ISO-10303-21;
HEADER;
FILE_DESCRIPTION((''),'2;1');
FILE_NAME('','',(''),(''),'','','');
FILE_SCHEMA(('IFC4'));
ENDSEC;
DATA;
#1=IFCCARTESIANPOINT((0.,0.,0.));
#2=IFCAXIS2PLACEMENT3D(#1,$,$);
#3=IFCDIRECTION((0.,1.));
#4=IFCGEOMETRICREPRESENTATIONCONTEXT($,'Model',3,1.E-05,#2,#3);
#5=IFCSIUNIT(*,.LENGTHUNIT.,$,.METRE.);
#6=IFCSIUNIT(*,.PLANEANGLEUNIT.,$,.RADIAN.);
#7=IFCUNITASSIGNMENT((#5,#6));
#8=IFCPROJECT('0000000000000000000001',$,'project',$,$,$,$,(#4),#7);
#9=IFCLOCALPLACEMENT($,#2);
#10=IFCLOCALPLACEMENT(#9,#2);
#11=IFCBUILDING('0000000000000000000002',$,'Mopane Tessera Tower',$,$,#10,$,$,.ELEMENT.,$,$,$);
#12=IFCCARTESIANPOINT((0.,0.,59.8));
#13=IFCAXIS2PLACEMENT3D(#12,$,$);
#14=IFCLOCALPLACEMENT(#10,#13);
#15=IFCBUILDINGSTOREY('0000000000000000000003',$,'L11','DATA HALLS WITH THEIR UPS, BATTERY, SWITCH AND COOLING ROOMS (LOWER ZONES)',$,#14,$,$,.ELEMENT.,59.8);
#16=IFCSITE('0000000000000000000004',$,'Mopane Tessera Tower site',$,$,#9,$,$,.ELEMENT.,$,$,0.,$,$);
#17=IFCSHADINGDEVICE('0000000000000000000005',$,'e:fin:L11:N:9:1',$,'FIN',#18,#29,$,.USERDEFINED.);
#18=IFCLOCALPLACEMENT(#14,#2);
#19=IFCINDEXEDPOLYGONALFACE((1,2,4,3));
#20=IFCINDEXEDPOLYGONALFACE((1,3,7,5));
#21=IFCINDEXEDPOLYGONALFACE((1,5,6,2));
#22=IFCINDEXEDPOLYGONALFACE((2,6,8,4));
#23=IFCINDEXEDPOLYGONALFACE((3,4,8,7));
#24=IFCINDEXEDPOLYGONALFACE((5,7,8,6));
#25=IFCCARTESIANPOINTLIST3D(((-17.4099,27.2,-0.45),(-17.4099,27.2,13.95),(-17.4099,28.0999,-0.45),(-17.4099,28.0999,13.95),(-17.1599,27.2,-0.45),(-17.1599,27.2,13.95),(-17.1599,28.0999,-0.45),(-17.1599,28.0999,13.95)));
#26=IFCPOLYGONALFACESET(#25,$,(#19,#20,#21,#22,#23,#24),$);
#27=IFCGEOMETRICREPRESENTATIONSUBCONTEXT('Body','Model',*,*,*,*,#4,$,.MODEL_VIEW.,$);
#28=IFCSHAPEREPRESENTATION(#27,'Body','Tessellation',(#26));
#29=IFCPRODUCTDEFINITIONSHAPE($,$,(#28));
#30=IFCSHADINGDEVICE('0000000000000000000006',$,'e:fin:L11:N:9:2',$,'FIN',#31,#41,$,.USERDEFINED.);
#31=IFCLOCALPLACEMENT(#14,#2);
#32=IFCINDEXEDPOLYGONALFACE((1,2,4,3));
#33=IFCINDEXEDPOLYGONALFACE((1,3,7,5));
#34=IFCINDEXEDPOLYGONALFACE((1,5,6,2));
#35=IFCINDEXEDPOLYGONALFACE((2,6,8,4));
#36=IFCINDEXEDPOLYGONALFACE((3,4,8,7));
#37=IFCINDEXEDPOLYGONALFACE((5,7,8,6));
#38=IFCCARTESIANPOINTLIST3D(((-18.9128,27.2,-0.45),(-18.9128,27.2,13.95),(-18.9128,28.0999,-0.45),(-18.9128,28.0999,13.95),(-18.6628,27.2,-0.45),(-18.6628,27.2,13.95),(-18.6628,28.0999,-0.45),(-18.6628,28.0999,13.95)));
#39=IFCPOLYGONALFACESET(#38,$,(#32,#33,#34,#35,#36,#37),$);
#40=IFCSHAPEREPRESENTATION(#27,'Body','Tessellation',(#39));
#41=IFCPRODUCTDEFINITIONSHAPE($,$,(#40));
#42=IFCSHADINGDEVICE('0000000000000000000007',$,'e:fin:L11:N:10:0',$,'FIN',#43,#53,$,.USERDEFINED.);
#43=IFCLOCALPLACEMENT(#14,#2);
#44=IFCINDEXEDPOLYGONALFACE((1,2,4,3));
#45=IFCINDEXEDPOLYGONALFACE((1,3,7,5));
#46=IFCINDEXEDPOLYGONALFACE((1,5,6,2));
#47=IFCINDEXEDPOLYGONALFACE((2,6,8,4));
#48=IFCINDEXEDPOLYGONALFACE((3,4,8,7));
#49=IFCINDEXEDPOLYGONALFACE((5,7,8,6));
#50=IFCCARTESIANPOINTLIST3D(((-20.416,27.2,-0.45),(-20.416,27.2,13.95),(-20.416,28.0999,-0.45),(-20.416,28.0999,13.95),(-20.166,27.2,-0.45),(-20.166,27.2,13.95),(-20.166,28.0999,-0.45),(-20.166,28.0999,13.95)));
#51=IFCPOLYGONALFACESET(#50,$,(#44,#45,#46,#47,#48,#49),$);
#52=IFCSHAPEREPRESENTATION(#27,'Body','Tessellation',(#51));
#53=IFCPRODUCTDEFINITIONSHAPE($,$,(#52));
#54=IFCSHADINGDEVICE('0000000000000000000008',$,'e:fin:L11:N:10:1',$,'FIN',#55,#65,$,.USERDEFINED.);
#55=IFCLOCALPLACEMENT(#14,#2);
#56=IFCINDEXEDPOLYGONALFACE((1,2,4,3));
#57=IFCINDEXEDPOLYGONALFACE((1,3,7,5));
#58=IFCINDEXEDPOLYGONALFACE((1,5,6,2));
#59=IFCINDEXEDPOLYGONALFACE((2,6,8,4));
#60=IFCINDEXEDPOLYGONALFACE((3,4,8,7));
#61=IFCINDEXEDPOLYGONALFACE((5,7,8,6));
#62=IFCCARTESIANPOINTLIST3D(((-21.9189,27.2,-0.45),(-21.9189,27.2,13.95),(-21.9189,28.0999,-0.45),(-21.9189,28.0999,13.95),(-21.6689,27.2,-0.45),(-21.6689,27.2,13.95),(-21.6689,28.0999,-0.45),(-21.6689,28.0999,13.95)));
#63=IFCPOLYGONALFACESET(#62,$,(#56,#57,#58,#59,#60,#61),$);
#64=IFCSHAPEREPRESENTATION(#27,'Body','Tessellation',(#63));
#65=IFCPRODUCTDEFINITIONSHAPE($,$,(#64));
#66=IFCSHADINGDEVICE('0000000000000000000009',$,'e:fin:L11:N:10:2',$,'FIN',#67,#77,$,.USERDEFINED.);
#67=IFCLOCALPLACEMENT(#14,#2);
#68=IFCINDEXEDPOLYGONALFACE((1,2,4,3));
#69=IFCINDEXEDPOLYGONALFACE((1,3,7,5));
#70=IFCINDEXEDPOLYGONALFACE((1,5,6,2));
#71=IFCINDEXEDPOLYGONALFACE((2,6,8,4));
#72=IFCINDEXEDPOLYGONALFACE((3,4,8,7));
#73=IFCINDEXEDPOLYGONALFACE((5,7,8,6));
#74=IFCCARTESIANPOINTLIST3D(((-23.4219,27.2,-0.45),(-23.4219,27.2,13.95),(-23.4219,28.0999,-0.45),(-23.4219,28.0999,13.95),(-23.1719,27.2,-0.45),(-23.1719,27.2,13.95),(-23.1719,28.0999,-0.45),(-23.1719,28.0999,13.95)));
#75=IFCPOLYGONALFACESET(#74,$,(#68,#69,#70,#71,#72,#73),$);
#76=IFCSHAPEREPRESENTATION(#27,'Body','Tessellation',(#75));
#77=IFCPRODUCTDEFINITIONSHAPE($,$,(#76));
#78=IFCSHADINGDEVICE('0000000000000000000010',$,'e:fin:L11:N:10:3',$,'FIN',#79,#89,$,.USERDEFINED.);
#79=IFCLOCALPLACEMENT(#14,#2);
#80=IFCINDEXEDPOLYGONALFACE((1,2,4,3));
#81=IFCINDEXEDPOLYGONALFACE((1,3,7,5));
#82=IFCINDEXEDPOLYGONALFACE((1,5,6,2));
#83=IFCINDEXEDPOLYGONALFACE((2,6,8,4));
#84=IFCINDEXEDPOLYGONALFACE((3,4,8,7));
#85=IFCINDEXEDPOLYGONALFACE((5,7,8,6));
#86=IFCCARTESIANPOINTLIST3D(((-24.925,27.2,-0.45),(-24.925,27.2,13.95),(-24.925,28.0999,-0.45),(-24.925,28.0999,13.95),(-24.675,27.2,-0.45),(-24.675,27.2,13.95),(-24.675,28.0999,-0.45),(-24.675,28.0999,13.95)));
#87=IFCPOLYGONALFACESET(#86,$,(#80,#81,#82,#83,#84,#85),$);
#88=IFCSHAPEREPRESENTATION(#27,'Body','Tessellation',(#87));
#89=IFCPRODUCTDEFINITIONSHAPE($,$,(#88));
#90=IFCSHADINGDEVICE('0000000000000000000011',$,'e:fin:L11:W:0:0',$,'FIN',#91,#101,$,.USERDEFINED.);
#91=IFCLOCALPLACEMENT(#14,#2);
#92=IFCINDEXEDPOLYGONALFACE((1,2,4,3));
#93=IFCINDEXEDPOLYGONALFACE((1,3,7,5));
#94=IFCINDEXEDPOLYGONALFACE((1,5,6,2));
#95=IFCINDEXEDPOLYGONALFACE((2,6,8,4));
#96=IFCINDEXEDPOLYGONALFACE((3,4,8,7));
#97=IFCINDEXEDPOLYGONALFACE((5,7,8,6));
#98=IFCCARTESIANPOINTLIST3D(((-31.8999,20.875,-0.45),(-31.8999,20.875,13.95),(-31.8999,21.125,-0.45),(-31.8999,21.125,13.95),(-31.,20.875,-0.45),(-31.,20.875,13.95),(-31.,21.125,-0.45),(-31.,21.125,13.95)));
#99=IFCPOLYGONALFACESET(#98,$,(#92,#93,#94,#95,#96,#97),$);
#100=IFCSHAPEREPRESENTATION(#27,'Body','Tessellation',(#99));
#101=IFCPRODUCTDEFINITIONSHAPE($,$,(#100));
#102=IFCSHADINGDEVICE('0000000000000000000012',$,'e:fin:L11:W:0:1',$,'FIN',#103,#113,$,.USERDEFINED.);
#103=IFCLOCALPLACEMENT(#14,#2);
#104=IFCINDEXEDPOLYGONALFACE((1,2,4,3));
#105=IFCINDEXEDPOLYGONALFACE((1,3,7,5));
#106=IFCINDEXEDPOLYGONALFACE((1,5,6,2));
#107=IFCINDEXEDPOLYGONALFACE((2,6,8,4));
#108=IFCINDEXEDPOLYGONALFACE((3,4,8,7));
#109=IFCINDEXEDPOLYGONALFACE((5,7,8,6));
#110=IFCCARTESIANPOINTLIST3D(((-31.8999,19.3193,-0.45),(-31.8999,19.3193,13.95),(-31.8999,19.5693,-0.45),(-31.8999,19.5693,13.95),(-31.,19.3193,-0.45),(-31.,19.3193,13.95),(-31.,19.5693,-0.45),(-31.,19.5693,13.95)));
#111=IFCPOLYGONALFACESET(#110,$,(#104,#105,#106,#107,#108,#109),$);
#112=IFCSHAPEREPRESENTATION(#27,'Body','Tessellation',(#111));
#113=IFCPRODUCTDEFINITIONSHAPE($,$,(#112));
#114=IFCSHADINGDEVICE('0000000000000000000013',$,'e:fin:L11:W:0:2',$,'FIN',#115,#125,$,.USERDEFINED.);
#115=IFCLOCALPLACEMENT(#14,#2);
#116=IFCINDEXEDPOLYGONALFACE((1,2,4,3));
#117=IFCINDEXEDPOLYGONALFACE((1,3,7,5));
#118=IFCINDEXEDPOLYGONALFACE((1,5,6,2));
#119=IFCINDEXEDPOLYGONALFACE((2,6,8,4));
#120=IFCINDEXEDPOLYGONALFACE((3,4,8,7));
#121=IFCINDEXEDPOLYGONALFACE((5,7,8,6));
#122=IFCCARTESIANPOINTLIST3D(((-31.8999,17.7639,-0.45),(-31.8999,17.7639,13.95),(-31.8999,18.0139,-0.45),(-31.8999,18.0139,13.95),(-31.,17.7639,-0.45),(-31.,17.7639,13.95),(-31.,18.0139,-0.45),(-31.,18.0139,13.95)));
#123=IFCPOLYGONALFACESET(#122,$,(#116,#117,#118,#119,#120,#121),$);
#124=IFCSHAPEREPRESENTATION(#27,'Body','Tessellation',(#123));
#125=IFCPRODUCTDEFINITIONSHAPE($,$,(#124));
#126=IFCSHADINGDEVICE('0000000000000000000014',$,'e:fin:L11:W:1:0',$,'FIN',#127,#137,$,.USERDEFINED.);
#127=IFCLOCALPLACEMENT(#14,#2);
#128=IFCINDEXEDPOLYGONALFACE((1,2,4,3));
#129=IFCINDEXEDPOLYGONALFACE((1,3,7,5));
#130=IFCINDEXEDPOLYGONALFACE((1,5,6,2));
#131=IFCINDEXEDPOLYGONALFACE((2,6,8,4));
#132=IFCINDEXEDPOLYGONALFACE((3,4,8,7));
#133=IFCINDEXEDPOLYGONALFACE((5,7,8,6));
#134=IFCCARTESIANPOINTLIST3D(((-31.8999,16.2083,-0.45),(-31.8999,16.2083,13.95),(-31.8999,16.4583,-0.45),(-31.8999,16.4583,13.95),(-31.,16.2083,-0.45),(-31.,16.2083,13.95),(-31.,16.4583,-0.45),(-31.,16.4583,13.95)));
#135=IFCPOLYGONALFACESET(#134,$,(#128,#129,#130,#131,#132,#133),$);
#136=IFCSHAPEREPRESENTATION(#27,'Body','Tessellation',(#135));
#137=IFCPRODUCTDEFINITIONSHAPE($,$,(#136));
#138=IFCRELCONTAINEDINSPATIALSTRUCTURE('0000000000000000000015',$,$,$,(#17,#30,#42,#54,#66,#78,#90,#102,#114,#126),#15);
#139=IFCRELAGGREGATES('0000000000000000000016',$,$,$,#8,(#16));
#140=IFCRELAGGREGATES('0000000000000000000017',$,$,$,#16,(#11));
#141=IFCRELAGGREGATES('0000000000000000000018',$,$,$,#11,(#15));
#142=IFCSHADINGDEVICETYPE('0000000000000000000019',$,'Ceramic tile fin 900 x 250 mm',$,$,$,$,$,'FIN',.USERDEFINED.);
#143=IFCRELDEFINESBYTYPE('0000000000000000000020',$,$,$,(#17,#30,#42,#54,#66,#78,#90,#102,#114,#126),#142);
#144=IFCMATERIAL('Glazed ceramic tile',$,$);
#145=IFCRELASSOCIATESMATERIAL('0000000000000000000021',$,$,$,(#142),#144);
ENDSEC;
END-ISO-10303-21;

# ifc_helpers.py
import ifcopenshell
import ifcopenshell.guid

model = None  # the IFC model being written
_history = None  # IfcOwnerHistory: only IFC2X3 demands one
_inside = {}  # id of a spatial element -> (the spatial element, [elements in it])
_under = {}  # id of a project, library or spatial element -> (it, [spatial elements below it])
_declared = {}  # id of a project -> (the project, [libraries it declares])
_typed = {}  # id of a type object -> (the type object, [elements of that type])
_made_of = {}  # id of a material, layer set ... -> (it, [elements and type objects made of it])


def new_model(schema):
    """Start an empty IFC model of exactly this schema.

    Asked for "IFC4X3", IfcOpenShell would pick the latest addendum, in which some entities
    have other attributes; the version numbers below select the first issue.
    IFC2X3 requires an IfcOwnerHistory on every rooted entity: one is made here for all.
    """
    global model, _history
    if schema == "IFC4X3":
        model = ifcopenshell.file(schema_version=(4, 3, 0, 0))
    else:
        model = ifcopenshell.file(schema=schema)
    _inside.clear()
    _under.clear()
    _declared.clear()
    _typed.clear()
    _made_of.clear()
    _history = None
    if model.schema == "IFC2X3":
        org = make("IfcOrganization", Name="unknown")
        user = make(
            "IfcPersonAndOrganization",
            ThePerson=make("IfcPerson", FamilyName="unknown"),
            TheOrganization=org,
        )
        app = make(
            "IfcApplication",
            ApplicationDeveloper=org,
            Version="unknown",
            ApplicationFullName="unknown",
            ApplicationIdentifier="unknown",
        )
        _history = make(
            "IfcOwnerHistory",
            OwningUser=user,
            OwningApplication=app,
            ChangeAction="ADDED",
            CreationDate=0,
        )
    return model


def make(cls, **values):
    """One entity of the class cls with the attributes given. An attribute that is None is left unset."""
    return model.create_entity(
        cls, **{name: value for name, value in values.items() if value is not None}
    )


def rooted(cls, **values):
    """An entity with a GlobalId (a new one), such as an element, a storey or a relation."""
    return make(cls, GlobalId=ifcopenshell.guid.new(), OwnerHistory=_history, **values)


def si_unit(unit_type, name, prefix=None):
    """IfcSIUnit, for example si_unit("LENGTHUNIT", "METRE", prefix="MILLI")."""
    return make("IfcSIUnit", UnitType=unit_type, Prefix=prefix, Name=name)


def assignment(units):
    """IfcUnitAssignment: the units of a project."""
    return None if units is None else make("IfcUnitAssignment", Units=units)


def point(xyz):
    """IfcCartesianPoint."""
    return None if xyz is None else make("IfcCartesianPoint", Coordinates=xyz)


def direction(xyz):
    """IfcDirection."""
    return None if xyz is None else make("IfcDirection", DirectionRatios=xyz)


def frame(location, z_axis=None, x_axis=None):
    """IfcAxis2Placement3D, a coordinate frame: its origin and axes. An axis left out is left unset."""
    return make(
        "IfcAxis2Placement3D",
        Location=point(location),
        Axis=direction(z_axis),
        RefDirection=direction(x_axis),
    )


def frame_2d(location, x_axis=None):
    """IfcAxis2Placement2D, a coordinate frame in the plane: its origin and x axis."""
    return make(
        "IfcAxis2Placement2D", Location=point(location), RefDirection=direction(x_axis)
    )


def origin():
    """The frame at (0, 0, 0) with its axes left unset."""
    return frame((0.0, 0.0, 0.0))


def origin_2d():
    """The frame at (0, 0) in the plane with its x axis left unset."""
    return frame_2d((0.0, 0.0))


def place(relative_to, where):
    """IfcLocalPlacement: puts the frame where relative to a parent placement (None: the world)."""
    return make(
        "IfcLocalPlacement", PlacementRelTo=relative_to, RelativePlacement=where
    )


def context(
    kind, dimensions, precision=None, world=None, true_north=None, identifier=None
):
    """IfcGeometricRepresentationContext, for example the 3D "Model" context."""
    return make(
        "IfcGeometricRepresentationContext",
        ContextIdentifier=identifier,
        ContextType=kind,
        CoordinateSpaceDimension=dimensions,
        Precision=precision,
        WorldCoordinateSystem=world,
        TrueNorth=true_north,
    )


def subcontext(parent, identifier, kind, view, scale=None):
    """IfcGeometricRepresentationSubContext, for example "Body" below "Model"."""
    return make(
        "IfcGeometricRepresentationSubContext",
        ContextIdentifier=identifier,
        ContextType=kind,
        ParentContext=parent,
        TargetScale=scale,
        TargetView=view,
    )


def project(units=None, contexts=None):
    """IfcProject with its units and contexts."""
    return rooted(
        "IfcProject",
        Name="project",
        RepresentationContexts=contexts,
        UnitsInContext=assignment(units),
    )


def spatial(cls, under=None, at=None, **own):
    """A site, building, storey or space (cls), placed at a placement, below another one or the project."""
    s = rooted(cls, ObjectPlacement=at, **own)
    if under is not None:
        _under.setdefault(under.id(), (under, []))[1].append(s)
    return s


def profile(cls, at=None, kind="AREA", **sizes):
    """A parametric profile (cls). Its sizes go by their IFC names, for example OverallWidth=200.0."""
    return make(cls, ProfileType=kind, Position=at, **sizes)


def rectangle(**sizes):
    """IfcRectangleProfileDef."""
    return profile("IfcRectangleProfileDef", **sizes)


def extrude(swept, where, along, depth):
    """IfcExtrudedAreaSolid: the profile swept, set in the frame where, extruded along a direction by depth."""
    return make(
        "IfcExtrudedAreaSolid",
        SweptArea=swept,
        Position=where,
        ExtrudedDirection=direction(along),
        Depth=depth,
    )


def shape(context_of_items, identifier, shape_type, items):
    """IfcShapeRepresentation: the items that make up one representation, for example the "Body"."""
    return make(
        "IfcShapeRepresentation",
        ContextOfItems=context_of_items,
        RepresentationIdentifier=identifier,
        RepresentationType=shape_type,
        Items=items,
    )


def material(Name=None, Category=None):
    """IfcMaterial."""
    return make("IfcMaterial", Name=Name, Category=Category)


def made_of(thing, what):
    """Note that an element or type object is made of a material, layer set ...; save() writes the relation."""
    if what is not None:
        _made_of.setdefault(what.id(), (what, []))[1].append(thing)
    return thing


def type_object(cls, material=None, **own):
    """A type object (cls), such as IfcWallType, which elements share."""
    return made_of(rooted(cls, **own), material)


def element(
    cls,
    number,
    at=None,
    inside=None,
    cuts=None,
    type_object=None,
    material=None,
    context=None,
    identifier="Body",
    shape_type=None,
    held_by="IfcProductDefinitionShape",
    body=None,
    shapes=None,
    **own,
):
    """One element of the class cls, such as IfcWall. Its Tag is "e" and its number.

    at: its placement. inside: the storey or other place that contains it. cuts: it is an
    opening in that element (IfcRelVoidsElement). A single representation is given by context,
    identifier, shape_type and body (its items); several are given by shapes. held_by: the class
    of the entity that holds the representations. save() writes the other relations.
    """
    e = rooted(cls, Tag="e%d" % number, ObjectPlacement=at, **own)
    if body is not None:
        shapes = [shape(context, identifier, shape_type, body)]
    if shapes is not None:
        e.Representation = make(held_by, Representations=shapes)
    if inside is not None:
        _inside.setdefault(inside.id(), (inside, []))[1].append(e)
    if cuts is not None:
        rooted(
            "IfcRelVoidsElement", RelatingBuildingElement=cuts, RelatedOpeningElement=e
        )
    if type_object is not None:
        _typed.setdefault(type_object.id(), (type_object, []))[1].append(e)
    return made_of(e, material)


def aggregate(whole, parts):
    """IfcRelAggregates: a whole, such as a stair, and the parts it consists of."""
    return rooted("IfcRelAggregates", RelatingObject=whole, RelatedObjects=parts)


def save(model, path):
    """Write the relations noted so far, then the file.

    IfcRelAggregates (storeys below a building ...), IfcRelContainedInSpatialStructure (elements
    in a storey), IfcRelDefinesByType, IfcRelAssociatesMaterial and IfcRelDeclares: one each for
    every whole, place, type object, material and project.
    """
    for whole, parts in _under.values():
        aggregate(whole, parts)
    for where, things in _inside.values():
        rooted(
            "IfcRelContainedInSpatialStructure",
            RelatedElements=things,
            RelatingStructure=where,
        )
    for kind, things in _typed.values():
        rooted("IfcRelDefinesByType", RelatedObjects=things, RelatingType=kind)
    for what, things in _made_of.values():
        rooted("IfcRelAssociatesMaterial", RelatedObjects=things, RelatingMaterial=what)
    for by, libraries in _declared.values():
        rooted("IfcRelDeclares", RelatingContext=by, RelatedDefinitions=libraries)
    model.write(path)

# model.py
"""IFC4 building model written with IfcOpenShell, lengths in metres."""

from ifc_helpers import new_model, si_unit, direction, frame, origin, origin_2d, place, context, subcontext, project, spatial, rectangle, extrude, material, type_object, element, save


model = new_model("IFC4")

# Units and contexts
model_context = context("Model", 3, precision=1e-05, world=origin(), true_north=direction((0.0, 1.0)))
body_context = subcontext(model_context, "Body", "Model", "MODEL_VIEW")
ifc_project = project(units=[si_unit("LENGTHUNIT", "METRE"), si_unit("PLANEANGLEUNIT", "RADIAN")], contexts=[model_context])

# Site, building, storey
site_placement = place(None, origin())
site = spatial("IfcSite", under=ifc_project, at=site_placement, Name="Mopane Tessera Tower site", CompositionType="ELEMENT", RefElevation=0.0)
building_placement = place(site_placement, origin())
building = spatial("IfcBuilding", under=site, at=building_placement, Name="Mopane Tessera Tower", CompositionType="ELEMENT")
storey_placement = place(building_placement, frame((0.0, 0.0, 59.8)))
storey = spatial("IfcBuildingStorey", under=building, at=storey_placement, Name="L11", Description="DATA HALLS WITH THEIR UPS, BATTERY, SWITCH AND COOLING ROOMS (LOWER ZONES)", CompositionType="ELEMENT", Elevation=59.8)

# Shading devices
ifc_material_1 = material(Name="Glazed ceramic tile")
shading_device_type = type_object("IfcShadingDeviceType", Name="Ceramic tile fin 900 x 250 mm", ElementType="FIN", PredefinedType="USERDEFINED", material=ifc_material_1)
for number, where, z_axis, x_axis, name in (
    (1, (-17.2849, 27.6499, -0.45), (0.0, 0.0, 1.0), (-1.0, 0.0, 0.0), "e:fin:L11:N:9:1"),
    (2, (-18.7878, 27.6499, -0.45), (0.0, 0.0, 1.0), (-1.0, 0.0, 0.0), "e:fin:L11:N:9:2"),
    (3, (-20.291, 27.6499, -0.45), (0.0, 0.0, 1.0), (-1.0, 0.0, 0.0), "e:fin:L11:N:10:0"),
    (4, (-21.7939, 27.6499, -0.45), (0.0, 0.0, 1.0), (-1.0, 0.0, 0.0), "e:fin:L11:N:10:1"),
    (5, (-23.2969, 27.6499, -0.45), (0.0, 0.0, 1.0), (-1.0, 0.0, 0.0), "e:fin:L11:N:10:2"),
    (6, (-24.8, 27.6499, -0.45), (0.0, 0.0, 1.0), (-1.0, 0.0, 0.0), "e:fin:L11:N:10:3"),
    (7, (-31.45, 21.0, -0.45), (0.0, 0.0, 1.0), (0.0, -1.0, 0.0), "e:fin:L11:W:0:0"),
    (8, (-31.45, 19.4443, -0.45), (0.0, 0.0, 1.0), (0.0, -1.0, 0.0), "e:fin:L11:W:0:1"),
    (9, (-31.45, 17.8889, -0.45), (0.0, 0.0, 1.0), (0.0, -1.0, 0.0), "e:fin:L11:W:0:2"),
    (10, (-31.45, 16.3333, -0.45), (0.0, 0.0, 1.0), (0.0, -1.0, 0.0), "e:fin:L11:W:1:0"),
):
    element("IfcShadingDevice", number, at=place(storey_placement, frame(where, z_axis=z_axis, x_axis=x_axis)), inside=storey, type_object=shading_device_type, Name=name, ObjectType="FIN", PredefinedType="USERDEFINED", context=body_context, shape_type="SweptSolid", body=[
        extrude(rectangle(XDim=0.25, YDim=0.8999, at=origin_2d()), origin(), (0.0, 0.0, 1.0), 14.3999),
    ])

save(model, "model.ifc")
